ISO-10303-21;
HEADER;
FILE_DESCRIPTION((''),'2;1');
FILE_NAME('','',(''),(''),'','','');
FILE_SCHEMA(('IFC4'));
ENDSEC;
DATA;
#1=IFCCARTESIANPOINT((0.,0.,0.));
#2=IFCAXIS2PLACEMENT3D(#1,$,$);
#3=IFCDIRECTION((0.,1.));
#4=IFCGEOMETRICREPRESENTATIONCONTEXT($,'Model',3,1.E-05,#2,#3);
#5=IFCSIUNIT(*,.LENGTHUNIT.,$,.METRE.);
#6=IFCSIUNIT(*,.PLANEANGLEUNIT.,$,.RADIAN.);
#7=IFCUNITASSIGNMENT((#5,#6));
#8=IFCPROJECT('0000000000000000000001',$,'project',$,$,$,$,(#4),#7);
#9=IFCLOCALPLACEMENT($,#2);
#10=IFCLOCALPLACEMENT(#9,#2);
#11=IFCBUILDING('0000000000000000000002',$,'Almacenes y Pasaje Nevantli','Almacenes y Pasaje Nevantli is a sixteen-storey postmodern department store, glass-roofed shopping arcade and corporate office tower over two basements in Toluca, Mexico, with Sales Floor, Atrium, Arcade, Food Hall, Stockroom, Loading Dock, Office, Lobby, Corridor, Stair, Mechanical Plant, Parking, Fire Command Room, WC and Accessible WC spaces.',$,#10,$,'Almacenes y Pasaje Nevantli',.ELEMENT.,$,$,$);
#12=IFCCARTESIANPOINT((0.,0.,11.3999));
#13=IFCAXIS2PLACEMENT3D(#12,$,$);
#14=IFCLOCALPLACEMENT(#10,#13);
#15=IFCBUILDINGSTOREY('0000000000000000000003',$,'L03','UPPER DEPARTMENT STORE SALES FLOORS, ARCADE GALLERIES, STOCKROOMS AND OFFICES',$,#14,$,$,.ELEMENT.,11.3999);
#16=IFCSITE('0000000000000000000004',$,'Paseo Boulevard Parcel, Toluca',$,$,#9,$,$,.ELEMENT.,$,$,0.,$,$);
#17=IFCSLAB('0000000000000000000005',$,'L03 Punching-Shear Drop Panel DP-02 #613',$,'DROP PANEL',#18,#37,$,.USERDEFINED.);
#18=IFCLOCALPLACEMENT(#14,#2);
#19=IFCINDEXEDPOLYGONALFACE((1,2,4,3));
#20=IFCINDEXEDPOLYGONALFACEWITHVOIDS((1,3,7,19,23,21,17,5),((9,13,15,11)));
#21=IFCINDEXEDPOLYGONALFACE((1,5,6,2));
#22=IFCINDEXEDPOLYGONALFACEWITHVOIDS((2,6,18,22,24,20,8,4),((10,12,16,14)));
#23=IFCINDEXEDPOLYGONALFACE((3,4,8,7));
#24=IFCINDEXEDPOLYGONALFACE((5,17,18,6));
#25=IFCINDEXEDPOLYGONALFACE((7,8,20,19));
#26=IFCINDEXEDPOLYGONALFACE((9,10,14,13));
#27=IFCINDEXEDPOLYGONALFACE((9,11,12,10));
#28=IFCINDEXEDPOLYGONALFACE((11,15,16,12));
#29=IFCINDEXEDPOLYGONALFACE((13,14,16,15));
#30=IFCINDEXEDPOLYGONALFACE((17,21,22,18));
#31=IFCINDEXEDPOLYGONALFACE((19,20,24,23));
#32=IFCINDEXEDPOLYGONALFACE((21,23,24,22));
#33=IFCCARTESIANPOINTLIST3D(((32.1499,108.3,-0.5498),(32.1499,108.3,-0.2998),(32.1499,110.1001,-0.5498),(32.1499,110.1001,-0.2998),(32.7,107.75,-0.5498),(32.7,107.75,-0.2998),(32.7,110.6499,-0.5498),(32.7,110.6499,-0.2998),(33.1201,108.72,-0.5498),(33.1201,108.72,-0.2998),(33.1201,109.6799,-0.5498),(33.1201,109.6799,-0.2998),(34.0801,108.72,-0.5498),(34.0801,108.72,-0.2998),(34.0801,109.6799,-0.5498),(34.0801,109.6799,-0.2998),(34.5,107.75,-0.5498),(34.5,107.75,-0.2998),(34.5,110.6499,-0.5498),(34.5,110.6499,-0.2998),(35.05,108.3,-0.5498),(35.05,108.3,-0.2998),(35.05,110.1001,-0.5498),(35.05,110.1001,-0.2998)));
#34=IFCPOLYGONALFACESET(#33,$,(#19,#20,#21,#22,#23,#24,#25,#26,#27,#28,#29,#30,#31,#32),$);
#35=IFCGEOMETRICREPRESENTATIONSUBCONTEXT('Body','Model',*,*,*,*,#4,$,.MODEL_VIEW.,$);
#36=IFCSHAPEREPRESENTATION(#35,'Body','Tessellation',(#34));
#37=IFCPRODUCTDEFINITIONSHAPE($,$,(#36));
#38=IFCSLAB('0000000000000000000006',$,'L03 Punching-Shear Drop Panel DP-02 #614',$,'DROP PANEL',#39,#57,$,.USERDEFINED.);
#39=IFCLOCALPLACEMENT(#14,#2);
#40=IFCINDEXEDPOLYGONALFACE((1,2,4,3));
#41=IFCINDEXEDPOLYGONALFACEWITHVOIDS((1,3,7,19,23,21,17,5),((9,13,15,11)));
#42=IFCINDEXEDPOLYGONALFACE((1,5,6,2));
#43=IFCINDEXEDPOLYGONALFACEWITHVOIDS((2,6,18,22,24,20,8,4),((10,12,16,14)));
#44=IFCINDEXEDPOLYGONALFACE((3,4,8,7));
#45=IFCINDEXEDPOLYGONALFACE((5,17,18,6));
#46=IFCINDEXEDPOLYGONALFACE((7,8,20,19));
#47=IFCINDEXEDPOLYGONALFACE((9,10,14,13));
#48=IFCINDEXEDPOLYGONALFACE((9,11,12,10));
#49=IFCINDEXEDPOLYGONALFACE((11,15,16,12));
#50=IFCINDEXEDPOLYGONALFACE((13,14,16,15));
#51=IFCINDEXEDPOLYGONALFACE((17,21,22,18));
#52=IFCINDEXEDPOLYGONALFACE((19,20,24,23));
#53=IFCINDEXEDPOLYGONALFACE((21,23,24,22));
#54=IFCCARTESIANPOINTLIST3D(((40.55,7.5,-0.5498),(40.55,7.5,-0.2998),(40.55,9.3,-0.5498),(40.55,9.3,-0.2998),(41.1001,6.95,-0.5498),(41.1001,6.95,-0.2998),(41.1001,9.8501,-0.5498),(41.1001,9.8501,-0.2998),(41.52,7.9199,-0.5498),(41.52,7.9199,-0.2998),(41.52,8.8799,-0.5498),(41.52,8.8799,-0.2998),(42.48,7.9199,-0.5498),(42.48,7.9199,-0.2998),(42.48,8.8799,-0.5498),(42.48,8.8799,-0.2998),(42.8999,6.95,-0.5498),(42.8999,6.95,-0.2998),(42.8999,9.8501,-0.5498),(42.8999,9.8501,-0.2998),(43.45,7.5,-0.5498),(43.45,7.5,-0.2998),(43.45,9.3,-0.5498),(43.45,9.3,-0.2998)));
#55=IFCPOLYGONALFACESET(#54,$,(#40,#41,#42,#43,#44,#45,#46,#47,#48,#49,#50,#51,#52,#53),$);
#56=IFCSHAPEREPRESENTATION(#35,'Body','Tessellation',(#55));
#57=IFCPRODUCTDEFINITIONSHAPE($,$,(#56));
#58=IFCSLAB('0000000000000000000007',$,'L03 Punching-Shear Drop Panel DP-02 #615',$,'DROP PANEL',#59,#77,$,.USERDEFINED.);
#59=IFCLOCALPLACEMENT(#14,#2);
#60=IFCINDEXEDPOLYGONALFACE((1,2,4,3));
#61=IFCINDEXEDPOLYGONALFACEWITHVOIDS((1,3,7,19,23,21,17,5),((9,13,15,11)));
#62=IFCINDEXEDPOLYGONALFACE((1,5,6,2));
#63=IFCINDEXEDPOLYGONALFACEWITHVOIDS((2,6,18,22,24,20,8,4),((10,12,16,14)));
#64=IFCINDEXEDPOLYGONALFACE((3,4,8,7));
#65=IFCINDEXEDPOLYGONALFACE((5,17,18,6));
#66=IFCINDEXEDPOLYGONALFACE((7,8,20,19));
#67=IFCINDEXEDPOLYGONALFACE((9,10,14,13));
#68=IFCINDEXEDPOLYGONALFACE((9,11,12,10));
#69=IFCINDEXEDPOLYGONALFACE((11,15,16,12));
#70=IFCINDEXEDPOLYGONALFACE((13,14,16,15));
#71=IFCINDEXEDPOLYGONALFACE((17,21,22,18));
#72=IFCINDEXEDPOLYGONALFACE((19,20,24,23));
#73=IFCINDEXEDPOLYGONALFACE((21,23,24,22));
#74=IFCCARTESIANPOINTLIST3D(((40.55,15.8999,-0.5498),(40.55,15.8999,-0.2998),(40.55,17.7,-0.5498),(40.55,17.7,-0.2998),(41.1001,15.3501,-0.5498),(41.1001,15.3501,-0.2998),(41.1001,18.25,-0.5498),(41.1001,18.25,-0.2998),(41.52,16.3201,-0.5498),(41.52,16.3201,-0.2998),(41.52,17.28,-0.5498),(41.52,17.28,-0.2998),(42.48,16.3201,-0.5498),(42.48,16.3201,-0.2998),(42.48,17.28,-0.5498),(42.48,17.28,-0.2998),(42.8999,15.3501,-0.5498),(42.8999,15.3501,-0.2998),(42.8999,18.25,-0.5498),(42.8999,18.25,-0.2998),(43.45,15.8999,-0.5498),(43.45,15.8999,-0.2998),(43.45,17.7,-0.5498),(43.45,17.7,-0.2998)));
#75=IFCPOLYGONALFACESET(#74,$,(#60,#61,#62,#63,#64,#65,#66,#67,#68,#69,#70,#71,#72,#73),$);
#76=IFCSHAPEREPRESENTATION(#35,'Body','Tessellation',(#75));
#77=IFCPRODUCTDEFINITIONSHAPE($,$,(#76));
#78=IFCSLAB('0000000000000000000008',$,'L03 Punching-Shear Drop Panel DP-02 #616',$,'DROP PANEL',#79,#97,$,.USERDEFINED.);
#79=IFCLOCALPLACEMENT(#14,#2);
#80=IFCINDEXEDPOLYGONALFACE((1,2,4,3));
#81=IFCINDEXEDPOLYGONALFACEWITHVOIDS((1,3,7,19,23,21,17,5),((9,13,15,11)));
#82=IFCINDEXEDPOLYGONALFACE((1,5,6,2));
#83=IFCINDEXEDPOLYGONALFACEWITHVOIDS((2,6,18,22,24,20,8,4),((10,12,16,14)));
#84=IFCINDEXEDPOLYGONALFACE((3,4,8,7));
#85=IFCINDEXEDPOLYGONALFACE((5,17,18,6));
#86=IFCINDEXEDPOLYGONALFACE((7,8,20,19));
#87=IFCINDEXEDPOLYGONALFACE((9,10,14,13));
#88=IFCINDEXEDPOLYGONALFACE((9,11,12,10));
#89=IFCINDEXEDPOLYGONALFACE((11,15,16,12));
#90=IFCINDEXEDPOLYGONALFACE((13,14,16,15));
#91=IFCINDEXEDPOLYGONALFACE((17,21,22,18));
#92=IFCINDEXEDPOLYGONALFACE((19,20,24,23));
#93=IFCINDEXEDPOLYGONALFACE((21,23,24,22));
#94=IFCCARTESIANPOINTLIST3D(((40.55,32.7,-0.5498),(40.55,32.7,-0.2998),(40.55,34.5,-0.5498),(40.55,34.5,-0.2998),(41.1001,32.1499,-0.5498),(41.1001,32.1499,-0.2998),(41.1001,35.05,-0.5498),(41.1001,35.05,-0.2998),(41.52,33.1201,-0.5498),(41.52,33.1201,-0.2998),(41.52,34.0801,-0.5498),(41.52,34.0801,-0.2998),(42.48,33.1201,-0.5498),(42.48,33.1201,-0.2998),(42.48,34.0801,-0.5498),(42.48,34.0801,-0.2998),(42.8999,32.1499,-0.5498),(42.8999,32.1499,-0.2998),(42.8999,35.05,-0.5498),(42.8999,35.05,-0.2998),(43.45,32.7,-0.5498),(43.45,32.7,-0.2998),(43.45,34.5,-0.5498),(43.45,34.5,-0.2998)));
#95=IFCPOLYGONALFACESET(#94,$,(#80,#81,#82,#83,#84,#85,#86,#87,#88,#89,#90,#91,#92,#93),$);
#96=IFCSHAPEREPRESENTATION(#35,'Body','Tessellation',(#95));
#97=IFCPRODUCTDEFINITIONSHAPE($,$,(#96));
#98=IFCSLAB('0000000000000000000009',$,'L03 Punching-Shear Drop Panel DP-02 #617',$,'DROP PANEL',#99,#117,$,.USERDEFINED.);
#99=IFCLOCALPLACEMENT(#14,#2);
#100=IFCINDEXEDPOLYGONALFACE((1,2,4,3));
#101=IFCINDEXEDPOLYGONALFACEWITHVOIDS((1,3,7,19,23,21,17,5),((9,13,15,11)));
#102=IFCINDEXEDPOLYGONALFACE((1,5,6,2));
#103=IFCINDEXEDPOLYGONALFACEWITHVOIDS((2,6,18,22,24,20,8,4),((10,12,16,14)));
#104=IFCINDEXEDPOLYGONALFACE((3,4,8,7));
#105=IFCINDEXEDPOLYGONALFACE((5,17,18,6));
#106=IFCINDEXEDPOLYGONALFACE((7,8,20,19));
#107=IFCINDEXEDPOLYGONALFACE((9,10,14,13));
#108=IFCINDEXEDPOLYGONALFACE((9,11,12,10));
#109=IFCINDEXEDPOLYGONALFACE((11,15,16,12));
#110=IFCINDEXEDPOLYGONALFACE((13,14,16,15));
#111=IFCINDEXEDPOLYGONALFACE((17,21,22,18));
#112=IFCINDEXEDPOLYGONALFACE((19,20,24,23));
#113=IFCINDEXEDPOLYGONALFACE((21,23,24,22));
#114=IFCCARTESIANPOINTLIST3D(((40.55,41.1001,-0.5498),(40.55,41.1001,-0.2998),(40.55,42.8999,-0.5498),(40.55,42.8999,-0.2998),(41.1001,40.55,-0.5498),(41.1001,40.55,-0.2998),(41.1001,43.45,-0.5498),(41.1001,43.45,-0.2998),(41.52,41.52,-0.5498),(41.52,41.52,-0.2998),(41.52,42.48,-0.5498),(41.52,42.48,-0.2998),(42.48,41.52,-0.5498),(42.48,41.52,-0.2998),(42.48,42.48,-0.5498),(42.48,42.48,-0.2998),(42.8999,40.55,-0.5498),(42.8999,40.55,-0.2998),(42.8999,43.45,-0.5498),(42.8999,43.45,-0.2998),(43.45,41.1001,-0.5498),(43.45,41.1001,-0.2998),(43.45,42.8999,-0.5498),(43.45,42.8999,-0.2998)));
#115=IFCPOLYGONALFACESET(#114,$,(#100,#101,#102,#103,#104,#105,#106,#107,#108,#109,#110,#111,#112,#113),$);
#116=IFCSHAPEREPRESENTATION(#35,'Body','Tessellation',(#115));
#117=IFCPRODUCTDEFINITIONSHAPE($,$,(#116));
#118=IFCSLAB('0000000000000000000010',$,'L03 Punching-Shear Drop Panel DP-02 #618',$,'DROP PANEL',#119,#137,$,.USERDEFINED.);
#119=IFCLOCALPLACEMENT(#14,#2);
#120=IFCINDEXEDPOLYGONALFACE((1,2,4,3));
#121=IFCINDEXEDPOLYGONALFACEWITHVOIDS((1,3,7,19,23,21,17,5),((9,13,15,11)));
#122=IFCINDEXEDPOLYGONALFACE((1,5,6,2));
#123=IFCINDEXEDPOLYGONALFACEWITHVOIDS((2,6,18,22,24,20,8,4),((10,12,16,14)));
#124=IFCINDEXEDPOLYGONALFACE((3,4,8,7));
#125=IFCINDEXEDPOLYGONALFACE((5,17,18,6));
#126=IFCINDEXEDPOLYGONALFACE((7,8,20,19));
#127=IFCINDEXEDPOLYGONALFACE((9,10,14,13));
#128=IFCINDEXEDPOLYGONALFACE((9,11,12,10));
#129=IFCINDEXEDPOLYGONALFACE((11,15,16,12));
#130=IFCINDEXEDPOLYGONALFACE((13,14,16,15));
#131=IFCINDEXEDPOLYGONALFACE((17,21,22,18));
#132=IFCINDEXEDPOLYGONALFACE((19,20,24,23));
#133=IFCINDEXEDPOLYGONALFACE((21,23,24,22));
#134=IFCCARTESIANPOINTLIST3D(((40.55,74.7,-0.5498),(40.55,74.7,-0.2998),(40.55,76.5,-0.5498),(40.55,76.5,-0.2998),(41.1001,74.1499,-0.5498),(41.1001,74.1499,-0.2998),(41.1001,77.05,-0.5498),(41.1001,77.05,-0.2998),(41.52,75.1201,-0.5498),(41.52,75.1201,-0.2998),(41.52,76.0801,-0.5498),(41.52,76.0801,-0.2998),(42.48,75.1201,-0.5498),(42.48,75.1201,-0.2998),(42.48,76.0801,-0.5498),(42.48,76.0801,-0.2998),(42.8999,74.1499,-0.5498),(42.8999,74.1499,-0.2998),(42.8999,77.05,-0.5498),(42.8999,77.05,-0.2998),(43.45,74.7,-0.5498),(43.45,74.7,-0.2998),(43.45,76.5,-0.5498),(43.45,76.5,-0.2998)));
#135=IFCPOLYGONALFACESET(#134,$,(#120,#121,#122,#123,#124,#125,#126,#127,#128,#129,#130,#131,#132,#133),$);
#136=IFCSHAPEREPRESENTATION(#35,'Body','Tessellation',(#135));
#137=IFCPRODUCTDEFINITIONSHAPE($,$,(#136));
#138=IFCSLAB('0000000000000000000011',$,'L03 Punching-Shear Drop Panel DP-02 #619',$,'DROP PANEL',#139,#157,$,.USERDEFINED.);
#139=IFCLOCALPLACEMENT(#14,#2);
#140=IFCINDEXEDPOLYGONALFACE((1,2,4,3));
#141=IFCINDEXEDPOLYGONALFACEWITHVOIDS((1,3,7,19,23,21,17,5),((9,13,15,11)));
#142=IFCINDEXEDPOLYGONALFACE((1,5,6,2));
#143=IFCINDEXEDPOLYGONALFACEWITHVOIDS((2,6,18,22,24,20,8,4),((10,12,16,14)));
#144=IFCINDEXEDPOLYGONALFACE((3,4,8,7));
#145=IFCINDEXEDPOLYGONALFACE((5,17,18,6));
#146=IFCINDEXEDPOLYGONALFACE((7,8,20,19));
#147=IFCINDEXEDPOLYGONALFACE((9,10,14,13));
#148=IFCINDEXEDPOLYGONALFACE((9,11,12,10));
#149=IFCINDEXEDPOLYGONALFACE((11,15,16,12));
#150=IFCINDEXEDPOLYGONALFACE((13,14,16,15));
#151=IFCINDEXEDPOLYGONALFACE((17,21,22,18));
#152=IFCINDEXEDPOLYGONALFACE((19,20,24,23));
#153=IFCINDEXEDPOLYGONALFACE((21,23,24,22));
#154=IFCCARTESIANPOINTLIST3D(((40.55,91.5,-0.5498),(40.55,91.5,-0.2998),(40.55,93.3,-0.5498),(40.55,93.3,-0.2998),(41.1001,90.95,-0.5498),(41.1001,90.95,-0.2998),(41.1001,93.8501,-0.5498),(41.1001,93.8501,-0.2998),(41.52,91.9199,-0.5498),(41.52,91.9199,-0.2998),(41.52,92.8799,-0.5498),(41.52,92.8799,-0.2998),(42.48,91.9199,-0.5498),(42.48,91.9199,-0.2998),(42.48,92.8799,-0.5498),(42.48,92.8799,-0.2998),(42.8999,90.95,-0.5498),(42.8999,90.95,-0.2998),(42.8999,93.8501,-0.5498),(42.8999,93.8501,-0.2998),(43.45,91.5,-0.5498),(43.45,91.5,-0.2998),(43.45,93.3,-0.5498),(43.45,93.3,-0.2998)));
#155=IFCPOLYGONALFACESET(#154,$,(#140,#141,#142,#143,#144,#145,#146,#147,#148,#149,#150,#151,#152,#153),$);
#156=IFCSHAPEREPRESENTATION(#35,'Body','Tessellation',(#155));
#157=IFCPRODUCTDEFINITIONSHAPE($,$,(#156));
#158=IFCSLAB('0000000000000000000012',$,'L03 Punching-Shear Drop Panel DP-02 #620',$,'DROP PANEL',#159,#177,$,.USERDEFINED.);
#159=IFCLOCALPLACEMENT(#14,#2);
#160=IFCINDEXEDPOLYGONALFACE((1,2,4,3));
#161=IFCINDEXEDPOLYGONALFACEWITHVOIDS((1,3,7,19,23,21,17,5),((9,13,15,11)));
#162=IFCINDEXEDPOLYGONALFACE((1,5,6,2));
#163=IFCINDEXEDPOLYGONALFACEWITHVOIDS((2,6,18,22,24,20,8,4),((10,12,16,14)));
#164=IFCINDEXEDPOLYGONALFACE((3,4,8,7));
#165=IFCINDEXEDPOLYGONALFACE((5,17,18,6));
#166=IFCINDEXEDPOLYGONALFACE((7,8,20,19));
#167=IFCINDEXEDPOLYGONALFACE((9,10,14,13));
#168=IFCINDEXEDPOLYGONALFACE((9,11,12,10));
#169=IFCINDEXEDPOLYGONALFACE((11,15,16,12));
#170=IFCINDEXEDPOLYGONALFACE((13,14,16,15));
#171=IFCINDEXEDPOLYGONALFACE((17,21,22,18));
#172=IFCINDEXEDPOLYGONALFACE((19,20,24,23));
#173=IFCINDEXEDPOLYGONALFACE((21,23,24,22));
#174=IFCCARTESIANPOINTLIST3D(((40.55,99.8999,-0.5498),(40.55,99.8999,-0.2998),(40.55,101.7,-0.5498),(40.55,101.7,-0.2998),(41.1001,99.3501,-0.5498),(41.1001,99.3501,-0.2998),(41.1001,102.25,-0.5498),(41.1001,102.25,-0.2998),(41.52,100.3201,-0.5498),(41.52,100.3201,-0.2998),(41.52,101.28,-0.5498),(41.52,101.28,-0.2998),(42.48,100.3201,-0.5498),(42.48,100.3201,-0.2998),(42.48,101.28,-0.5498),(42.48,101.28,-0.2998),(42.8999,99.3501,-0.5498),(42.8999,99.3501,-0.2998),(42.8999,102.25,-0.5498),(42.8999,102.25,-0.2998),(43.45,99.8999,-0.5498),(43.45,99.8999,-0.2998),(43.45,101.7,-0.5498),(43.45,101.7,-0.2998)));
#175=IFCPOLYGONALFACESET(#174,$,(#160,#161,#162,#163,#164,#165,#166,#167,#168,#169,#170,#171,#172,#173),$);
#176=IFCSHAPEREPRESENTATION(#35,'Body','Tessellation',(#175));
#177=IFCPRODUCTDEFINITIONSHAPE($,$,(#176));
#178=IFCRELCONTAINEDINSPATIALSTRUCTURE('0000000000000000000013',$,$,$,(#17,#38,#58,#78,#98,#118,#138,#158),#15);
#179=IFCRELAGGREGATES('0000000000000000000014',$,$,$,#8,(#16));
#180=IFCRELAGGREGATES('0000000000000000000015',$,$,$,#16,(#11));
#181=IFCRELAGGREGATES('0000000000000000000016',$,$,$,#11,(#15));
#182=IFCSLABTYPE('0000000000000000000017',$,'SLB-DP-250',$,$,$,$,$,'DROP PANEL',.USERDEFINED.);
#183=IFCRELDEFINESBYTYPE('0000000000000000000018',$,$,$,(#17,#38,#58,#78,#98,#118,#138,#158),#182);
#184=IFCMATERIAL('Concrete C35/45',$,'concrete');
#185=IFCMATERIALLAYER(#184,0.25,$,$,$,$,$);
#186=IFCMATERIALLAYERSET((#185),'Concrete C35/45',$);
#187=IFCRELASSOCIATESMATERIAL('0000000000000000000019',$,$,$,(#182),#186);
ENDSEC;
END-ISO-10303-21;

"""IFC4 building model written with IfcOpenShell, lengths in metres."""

from ifc_helpers import new_model, si_unit, direction, frame, origin, place, context, subcontext, project, spatial, polyline, outline, extrude, material, layer, layer_set, type_object, element, save


model = new_model("IFC4")

# Units and contexts
model_context = context("Model", 3, precision=1e-05, world=origin(), true_north=direction((0.0, 1.0)))
body_context = subcontext(model_context, "Body", "Model", "MODEL_VIEW")
ifc_project = project(units=[si_unit("LENGTHUNIT", "METRE"), si_unit("PLANEANGLEUNIT", "RADIAN")], contexts=[model_context])

# Site, building, storey
site_placement = place(None, origin())
site = spatial("IfcSite", under=ifc_project, at=site_placement, Name="Paseo Boulevard Parcel, Toluca", CompositionType="ELEMENT", RefElevation=0.0)
building_placement = place(site_placement, origin())
building = spatial("IfcBuilding", under=site, at=building_placement, Name="Almacenes y Pasaje Nevantli", Description="Almacenes y Pasaje Nevantli is a sixteen-storey postmodern department store, glass-roofed shopping arcade and corporate office tower over two basements in Toluca, Mexico, with Sales Floor, Atrium, Arcade, Food Hall, Stockroom, Loading Dock, Office, Lobby, Corridor, Stair, Mechanical Plant, Parking, Fire Command Room, WC and Accessible WC spaces.", LongName="Almacenes y Pasaje Nevantli", CompositionType="ELEMENT")
storey_placement = place(building_placement, frame((0.0, 0.0, 11.3999)))
storey = spatial("IfcBuildingStorey", under=building, at=storey_placement, Name="L03", Description="UPPER DEPARTMENT STORE SALES FLOORS, ARCADE GALLERIES, STOCKROOMS AND OFFICES", CompositionType="ELEMENT", Elevation=11.3999)

# Slabs
ifc_material = material(Name="Concrete C35/45", Category="concrete")
ifc_layer = layer(ifc_material, 0.25)
ifc_layer_set = layer_set([ifc_layer], Name="Concrete C35/45")
slab_type = type_object("IfcSlabType", Name="SLB-DP-250", ElementType="DROP PANEL", PredefinedType="USERDEFINED", material=ifc_layer_set)
slab_1_placement = place(storey_placement, frame((0.0, 0.0, -0.5498)))
element("IfcSlab", 1, at=slab_1_placement, inside=storey, type_object=slab_type, Name="L03 Punching-Shear Drop Panel DP-02 #613", ObjectType="DROP PANEL", PredefinedType="USERDEFINED", context=body_context, shape_type="SweptSolid", body=[
    extrude(outline(polyline([(32.7, 107.75), (34.5, 107.75), (35.05, 108.3), (35.05, 110.1001), (34.5, 110.6499), (32.7, 110.6499), (32.1499, 110.1001), (32.1499, 108.3), (32.7, 107.75)]), holes=[polyline([(33.1201, 108.72), (34.0801, 108.72), (34.0801, 109.6799), (33.1201, 109.6799), (33.1201, 108.72)])]), origin(), (0.0, 0.0, 1.0), 0.25),
])
slab_2_placement = place(storey_placement, frame((0.0, 0.0, -0.5498)))
element("IfcSlab", 2, at=slab_2_placement, inside=storey, type_object=slab_type, Name="L03 Punching-Shear Drop Panel DP-02 #614", ObjectType="DROP PANEL", PredefinedType="USERDEFINED", context=body_context, shape_type="SweptSolid", body=[
    extrude(outline(polyline([(41.1001, 6.95), (42.8999, 6.95), (43.45, 7.5), (43.45, 9.3), (42.8999, 9.8501), (41.1001, 9.8501), (40.55, 9.3), (40.55, 7.5), (41.1001, 6.95)]), holes=[polyline([(41.52, 7.9199), (42.48, 7.9199), (42.48, 8.8799), (41.52, 8.8799), (41.52, 7.9199)])]), origin(), (0.0, 0.0, 1.0), 0.25),
])
slab_3_placement = place(storey_placement, frame((0.0, 0.0, -0.5498)))
element("IfcSlab", 3, at=slab_3_placement, inside=storey, type_object=slab_type, Name="L03 Punching-Shear Drop Panel DP-02 #615", ObjectType="DROP PANEL", PredefinedType="USERDEFINED", context=body_context, shape_type="SweptSolid", body=[
    extrude(outline(polyline([(41.1001, 15.3501), (42.8999, 15.3501), (43.45, 15.8999), (43.45, 17.7), (42.8999, 18.25), (41.1001, 18.25), (40.55, 17.7), (40.55, 15.8999), (41.1001, 15.3501)]), holes=[polyline([(41.52, 16.3201), (42.48, 16.3201), (42.48, 17.28), (41.52, 17.28), (41.52, 16.3201)])]), origin(), (0.0, 0.0, 1.0), 0.25),
])
slab_4_placement = place(storey_placement, frame((0.0, 0.0, -0.5498)))
element("IfcSlab", 4, at=slab_4_placement, inside=storey, type_object=slab_type, Name="L03 Punching-Shear Drop Panel DP-02 #616", ObjectType="DROP PANEL", PredefinedType="USERDEFINED", context=body_context, shape_type="SweptSolid", body=[
    extrude(outline(polyline([(41.1001, 32.1499), (42.8999, 32.1499), (43.45, 32.7), (43.45, 34.5), (42.8999, 35.05), (41.1001, 35.05), (40.55, 34.5), (40.55, 32.7), (41.1001, 32.1499)]), holes=[polyline([(41.52, 33.1201), (42.48, 33.1201), (42.48, 34.0801), (41.52, 34.0801), (41.52, 33.1201)])]), origin(), (0.0, 0.0, 1.0), 0.25),
])
slab_5_placement = place(storey_placement, frame((0.0, 0.0, -0.5498)))
element("IfcSlab", 5, at=slab_5_placement, inside=storey, type_object=slab_type, Name="L03 Punching-Shear Drop Panel DP-02 #617", ObjectType="DROP PANEL", PredefinedType="USERDEFINED", context=body_context, shape_type="SweptSolid", body=[
    extrude(outline(polyline([(41.1001, 40.55), (42.8999, 40.55), (43.45, 41.1001), (43.45, 42.8999), (42.8999, 43.45), (41.1001, 43.45), (40.55, 42.8999), (40.55, 41.1001), (41.1001, 40.55)]), holes=[polyline([(41.52, 41.52), (42.48, 41.52), (42.48, 42.48), (41.52, 42.48), (41.52, 41.52)])]), origin(), (0.0, 0.0, 1.0), 0.25),
])
slab_6_placement = place(storey_placement, frame((0.0, 0.0, -0.5498)))
element("IfcSlab", 6, at=slab_6_placement, inside=storey, type_object=slab_type, Name="L03 Punching-Shear Drop Panel DP-02 #618", ObjectType="DROP PANEL", PredefinedType="USERDEFINED", context=body_context, shape_type="SweptSolid", body=[
    extrude(outline(polyline([(41.1001, 74.1499), (42.8999, 74.1499), (43.45, 74.7), (43.45, 76.5), (42.8999, 77.05), (41.1001, 77.05), (40.55, 76.5), (40.55, 74.7), (41.1001, 74.1499)]), holes=[polyline([(41.52, 75.1201), (42.48, 75.1201), (42.48, 76.0801), (41.52, 76.0801), (41.52, 75.1201)])]), origin(), (0.0, 0.0, 1.0), 0.25),
])
slab_7_placement = place(storey_placement, frame((0.0, 0.0, -0.5498)))
element("IfcSlab", 7, at=slab_7_placement, inside=storey, type_object=slab_type, Name="L03 Punching-Shear Drop Panel DP-02 #619", ObjectType="DROP PANEL", PredefinedType="USERDEFINED", context=body_context, shape_type="SweptSolid", body=[
    extrude(outline(polyline([(41.1001, 90.95), (42.8999, 90.95), (43.45, 91.5), (43.45, 93.3), (42.8999, 93.8501), (41.1001, 93.8501), (40.55, 93.3), (40.55, 91.5), (41.1001, 90.95)]), holes=[polyline([(41.52, 91.9199), (42.48, 91.9199), (42.48, 92.8799), (41.52, 92.8799), (41.52, 91.9199)])]), origin(), (0.0, 0.0, 1.0), 0.25),
])
slab_8_placement = place(storey_placement, frame((0.0, 0.0, -0.5498)))
element("IfcSlab", 8, at=slab_8_placement, inside=storey, type_object=slab_type, Name="L03 Punching-Shear Drop Panel DP-02 #620", ObjectType="DROP PANEL", PredefinedType="USERDEFINED", context=body_context, shape_type="SweptSolid", body=[
    extrude(outline(polyline([(41.1001, 99.3501), (42.8999, 99.3501), (43.45, 99.8999), (43.45, 101.7), (42.8999, 102.25), (41.1001, 102.25), (40.55, 101.7), (40.55, 99.8999), (41.1001, 99.3501)]), holes=[polyline([(41.52, 100.3201), (42.48, 100.3201), (42.48, 101.28), (41.52, 101.28), (41.52, 100.3201)])]), origin(), (0.0, 0.0, 1.0), 0.25),
])

save(model, "model.ifc")
